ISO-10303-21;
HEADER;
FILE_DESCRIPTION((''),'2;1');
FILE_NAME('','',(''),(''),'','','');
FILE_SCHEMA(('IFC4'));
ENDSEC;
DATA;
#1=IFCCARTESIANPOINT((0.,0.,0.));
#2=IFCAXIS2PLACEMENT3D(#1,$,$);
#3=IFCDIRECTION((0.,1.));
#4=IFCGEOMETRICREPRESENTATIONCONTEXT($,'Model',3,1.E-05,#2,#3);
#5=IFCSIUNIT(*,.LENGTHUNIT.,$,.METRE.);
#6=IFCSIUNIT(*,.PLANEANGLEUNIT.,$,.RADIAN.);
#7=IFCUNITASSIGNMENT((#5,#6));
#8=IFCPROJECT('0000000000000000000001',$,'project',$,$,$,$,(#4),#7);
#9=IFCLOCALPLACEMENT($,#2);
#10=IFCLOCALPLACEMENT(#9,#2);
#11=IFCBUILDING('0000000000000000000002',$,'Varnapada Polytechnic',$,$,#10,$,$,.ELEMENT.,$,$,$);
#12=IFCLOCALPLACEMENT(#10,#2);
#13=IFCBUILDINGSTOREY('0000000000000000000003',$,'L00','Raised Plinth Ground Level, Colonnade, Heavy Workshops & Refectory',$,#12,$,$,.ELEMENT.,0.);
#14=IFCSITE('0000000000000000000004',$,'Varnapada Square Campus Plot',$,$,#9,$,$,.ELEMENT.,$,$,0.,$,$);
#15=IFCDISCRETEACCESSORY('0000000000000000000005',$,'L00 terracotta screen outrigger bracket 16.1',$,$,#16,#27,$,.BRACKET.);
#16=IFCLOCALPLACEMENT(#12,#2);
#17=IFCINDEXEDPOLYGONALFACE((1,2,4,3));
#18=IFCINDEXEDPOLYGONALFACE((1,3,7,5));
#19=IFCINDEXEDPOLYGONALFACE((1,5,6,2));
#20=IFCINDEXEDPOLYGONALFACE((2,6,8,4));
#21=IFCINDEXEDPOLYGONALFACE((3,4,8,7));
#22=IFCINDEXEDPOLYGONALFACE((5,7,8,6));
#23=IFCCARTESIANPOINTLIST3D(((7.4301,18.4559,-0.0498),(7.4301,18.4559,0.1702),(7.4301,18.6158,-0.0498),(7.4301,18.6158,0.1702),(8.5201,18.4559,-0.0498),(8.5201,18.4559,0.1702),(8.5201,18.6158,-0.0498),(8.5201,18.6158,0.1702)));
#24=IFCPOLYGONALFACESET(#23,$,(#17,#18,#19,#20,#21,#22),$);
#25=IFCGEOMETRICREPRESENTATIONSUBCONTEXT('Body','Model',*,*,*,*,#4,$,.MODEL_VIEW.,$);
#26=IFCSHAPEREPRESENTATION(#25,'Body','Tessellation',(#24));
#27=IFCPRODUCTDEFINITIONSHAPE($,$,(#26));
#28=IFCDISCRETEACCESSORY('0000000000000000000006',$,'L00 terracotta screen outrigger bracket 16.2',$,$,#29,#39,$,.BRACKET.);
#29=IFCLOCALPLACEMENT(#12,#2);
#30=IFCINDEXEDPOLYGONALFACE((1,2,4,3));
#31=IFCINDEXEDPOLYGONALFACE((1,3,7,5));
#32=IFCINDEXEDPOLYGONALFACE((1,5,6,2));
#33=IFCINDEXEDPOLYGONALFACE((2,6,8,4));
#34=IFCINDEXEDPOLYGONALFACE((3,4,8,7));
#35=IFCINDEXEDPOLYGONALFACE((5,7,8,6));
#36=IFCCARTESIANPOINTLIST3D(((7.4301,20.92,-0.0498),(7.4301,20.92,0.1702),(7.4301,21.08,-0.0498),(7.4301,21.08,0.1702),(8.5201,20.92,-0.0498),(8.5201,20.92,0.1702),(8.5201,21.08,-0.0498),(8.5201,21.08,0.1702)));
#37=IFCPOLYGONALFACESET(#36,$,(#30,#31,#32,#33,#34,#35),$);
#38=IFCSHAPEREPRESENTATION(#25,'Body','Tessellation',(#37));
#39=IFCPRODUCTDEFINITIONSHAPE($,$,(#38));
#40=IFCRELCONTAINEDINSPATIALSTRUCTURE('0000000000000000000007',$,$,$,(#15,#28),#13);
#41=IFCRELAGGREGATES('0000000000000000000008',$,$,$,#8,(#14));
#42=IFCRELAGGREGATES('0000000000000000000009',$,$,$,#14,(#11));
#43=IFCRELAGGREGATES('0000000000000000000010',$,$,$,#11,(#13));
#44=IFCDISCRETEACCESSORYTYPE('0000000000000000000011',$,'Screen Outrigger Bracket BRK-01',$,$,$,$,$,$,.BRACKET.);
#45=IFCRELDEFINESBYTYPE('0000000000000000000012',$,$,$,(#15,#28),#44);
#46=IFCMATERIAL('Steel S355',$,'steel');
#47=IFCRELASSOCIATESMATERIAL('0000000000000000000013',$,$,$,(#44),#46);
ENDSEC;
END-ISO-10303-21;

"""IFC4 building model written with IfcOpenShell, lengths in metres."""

from ifc_helpers import new_model, si_unit, direction, frame, origin, origin_2d, place, context, subcontext, project, spatial, rectangle, extrude, material, type_object, element, save


model = new_model("IFC4")

# Units and contexts
model_context = context("Model", 3, precision=1e-05, world=origin(), true_north=direction((0.0, 1.0)))
body_context = subcontext(model_context, "Body", "Model", "MODEL_VIEW")
ifc_project = project(units=[si_unit("LENGTHUNIT", "METRE"), si_unit("PLANEANGLEUNIT", "RADIAN")], contexts=[model_context])

# Site, building, storey
site_placement = place(None, origin())
site = spatial("IfcSite", under=ifc_project, at=site_placement, Name="Varnapada Square Campus Plot", CompositionType="ELEMENT", RefElevation=0.0)
building_placement = place(site_placement, origin())
building = spatial("IfcBuilding", under=site, at=building_placement, Name="Varnapada Polytechnic", CompositionType="ELEMENT")
storey_placement = place(building_placement, origin())
storey = spatial("IfcBuildingStorey", under=building, at=storey_placement, Name="L00", Description="Raised Plinth Ground Level, Colonnade, Heavy Workshops & Refectory", CompositionType="ELEMENT", Elevation=0.0)

# Discrete accessories
ifc_material_1 = material(Name="Steel S355", Category="steel")
discrete_accessory_type = type_object("IfcDiscreteAccessoryType", Name="Screen Outrigger Bracket BRK-01", PredefinedType="BRACKET", material=ifc_material_1)
for number, where, z_axis, x_axis, name in (
    (1, (7.9751, 18.5359, -0.0498), (0.0, 0.0, 1.0), (0.0, 1.0, 0.0), "L00 terracotta screen outrigger bracket 16.1"),
    (2, (7.9751, 21.0, -0.0498), (0.0, 0.0, 1.0), (0.0, 1.0, 0.0), "L00 terracotta screen outrigger bracket 16.2"),
):
    element("IfcDiscreteAccessory", number, at=place(storey_placement, frame(where, z_axis=z_axis, x_axis=x_axis)), inside=storey, type_object=discrete_accessory_type, Name=name, PredefinedType="BRACKET", context=body_context, shape_type="SweptSolid", body=[
        extrude(rectangle(XDim=0.1599, YDim=1.0901, at=origin_2d()), origin(), (0.0, 0.0, 1.0), 0.22),
    ])

save(model, "model.ifc")
